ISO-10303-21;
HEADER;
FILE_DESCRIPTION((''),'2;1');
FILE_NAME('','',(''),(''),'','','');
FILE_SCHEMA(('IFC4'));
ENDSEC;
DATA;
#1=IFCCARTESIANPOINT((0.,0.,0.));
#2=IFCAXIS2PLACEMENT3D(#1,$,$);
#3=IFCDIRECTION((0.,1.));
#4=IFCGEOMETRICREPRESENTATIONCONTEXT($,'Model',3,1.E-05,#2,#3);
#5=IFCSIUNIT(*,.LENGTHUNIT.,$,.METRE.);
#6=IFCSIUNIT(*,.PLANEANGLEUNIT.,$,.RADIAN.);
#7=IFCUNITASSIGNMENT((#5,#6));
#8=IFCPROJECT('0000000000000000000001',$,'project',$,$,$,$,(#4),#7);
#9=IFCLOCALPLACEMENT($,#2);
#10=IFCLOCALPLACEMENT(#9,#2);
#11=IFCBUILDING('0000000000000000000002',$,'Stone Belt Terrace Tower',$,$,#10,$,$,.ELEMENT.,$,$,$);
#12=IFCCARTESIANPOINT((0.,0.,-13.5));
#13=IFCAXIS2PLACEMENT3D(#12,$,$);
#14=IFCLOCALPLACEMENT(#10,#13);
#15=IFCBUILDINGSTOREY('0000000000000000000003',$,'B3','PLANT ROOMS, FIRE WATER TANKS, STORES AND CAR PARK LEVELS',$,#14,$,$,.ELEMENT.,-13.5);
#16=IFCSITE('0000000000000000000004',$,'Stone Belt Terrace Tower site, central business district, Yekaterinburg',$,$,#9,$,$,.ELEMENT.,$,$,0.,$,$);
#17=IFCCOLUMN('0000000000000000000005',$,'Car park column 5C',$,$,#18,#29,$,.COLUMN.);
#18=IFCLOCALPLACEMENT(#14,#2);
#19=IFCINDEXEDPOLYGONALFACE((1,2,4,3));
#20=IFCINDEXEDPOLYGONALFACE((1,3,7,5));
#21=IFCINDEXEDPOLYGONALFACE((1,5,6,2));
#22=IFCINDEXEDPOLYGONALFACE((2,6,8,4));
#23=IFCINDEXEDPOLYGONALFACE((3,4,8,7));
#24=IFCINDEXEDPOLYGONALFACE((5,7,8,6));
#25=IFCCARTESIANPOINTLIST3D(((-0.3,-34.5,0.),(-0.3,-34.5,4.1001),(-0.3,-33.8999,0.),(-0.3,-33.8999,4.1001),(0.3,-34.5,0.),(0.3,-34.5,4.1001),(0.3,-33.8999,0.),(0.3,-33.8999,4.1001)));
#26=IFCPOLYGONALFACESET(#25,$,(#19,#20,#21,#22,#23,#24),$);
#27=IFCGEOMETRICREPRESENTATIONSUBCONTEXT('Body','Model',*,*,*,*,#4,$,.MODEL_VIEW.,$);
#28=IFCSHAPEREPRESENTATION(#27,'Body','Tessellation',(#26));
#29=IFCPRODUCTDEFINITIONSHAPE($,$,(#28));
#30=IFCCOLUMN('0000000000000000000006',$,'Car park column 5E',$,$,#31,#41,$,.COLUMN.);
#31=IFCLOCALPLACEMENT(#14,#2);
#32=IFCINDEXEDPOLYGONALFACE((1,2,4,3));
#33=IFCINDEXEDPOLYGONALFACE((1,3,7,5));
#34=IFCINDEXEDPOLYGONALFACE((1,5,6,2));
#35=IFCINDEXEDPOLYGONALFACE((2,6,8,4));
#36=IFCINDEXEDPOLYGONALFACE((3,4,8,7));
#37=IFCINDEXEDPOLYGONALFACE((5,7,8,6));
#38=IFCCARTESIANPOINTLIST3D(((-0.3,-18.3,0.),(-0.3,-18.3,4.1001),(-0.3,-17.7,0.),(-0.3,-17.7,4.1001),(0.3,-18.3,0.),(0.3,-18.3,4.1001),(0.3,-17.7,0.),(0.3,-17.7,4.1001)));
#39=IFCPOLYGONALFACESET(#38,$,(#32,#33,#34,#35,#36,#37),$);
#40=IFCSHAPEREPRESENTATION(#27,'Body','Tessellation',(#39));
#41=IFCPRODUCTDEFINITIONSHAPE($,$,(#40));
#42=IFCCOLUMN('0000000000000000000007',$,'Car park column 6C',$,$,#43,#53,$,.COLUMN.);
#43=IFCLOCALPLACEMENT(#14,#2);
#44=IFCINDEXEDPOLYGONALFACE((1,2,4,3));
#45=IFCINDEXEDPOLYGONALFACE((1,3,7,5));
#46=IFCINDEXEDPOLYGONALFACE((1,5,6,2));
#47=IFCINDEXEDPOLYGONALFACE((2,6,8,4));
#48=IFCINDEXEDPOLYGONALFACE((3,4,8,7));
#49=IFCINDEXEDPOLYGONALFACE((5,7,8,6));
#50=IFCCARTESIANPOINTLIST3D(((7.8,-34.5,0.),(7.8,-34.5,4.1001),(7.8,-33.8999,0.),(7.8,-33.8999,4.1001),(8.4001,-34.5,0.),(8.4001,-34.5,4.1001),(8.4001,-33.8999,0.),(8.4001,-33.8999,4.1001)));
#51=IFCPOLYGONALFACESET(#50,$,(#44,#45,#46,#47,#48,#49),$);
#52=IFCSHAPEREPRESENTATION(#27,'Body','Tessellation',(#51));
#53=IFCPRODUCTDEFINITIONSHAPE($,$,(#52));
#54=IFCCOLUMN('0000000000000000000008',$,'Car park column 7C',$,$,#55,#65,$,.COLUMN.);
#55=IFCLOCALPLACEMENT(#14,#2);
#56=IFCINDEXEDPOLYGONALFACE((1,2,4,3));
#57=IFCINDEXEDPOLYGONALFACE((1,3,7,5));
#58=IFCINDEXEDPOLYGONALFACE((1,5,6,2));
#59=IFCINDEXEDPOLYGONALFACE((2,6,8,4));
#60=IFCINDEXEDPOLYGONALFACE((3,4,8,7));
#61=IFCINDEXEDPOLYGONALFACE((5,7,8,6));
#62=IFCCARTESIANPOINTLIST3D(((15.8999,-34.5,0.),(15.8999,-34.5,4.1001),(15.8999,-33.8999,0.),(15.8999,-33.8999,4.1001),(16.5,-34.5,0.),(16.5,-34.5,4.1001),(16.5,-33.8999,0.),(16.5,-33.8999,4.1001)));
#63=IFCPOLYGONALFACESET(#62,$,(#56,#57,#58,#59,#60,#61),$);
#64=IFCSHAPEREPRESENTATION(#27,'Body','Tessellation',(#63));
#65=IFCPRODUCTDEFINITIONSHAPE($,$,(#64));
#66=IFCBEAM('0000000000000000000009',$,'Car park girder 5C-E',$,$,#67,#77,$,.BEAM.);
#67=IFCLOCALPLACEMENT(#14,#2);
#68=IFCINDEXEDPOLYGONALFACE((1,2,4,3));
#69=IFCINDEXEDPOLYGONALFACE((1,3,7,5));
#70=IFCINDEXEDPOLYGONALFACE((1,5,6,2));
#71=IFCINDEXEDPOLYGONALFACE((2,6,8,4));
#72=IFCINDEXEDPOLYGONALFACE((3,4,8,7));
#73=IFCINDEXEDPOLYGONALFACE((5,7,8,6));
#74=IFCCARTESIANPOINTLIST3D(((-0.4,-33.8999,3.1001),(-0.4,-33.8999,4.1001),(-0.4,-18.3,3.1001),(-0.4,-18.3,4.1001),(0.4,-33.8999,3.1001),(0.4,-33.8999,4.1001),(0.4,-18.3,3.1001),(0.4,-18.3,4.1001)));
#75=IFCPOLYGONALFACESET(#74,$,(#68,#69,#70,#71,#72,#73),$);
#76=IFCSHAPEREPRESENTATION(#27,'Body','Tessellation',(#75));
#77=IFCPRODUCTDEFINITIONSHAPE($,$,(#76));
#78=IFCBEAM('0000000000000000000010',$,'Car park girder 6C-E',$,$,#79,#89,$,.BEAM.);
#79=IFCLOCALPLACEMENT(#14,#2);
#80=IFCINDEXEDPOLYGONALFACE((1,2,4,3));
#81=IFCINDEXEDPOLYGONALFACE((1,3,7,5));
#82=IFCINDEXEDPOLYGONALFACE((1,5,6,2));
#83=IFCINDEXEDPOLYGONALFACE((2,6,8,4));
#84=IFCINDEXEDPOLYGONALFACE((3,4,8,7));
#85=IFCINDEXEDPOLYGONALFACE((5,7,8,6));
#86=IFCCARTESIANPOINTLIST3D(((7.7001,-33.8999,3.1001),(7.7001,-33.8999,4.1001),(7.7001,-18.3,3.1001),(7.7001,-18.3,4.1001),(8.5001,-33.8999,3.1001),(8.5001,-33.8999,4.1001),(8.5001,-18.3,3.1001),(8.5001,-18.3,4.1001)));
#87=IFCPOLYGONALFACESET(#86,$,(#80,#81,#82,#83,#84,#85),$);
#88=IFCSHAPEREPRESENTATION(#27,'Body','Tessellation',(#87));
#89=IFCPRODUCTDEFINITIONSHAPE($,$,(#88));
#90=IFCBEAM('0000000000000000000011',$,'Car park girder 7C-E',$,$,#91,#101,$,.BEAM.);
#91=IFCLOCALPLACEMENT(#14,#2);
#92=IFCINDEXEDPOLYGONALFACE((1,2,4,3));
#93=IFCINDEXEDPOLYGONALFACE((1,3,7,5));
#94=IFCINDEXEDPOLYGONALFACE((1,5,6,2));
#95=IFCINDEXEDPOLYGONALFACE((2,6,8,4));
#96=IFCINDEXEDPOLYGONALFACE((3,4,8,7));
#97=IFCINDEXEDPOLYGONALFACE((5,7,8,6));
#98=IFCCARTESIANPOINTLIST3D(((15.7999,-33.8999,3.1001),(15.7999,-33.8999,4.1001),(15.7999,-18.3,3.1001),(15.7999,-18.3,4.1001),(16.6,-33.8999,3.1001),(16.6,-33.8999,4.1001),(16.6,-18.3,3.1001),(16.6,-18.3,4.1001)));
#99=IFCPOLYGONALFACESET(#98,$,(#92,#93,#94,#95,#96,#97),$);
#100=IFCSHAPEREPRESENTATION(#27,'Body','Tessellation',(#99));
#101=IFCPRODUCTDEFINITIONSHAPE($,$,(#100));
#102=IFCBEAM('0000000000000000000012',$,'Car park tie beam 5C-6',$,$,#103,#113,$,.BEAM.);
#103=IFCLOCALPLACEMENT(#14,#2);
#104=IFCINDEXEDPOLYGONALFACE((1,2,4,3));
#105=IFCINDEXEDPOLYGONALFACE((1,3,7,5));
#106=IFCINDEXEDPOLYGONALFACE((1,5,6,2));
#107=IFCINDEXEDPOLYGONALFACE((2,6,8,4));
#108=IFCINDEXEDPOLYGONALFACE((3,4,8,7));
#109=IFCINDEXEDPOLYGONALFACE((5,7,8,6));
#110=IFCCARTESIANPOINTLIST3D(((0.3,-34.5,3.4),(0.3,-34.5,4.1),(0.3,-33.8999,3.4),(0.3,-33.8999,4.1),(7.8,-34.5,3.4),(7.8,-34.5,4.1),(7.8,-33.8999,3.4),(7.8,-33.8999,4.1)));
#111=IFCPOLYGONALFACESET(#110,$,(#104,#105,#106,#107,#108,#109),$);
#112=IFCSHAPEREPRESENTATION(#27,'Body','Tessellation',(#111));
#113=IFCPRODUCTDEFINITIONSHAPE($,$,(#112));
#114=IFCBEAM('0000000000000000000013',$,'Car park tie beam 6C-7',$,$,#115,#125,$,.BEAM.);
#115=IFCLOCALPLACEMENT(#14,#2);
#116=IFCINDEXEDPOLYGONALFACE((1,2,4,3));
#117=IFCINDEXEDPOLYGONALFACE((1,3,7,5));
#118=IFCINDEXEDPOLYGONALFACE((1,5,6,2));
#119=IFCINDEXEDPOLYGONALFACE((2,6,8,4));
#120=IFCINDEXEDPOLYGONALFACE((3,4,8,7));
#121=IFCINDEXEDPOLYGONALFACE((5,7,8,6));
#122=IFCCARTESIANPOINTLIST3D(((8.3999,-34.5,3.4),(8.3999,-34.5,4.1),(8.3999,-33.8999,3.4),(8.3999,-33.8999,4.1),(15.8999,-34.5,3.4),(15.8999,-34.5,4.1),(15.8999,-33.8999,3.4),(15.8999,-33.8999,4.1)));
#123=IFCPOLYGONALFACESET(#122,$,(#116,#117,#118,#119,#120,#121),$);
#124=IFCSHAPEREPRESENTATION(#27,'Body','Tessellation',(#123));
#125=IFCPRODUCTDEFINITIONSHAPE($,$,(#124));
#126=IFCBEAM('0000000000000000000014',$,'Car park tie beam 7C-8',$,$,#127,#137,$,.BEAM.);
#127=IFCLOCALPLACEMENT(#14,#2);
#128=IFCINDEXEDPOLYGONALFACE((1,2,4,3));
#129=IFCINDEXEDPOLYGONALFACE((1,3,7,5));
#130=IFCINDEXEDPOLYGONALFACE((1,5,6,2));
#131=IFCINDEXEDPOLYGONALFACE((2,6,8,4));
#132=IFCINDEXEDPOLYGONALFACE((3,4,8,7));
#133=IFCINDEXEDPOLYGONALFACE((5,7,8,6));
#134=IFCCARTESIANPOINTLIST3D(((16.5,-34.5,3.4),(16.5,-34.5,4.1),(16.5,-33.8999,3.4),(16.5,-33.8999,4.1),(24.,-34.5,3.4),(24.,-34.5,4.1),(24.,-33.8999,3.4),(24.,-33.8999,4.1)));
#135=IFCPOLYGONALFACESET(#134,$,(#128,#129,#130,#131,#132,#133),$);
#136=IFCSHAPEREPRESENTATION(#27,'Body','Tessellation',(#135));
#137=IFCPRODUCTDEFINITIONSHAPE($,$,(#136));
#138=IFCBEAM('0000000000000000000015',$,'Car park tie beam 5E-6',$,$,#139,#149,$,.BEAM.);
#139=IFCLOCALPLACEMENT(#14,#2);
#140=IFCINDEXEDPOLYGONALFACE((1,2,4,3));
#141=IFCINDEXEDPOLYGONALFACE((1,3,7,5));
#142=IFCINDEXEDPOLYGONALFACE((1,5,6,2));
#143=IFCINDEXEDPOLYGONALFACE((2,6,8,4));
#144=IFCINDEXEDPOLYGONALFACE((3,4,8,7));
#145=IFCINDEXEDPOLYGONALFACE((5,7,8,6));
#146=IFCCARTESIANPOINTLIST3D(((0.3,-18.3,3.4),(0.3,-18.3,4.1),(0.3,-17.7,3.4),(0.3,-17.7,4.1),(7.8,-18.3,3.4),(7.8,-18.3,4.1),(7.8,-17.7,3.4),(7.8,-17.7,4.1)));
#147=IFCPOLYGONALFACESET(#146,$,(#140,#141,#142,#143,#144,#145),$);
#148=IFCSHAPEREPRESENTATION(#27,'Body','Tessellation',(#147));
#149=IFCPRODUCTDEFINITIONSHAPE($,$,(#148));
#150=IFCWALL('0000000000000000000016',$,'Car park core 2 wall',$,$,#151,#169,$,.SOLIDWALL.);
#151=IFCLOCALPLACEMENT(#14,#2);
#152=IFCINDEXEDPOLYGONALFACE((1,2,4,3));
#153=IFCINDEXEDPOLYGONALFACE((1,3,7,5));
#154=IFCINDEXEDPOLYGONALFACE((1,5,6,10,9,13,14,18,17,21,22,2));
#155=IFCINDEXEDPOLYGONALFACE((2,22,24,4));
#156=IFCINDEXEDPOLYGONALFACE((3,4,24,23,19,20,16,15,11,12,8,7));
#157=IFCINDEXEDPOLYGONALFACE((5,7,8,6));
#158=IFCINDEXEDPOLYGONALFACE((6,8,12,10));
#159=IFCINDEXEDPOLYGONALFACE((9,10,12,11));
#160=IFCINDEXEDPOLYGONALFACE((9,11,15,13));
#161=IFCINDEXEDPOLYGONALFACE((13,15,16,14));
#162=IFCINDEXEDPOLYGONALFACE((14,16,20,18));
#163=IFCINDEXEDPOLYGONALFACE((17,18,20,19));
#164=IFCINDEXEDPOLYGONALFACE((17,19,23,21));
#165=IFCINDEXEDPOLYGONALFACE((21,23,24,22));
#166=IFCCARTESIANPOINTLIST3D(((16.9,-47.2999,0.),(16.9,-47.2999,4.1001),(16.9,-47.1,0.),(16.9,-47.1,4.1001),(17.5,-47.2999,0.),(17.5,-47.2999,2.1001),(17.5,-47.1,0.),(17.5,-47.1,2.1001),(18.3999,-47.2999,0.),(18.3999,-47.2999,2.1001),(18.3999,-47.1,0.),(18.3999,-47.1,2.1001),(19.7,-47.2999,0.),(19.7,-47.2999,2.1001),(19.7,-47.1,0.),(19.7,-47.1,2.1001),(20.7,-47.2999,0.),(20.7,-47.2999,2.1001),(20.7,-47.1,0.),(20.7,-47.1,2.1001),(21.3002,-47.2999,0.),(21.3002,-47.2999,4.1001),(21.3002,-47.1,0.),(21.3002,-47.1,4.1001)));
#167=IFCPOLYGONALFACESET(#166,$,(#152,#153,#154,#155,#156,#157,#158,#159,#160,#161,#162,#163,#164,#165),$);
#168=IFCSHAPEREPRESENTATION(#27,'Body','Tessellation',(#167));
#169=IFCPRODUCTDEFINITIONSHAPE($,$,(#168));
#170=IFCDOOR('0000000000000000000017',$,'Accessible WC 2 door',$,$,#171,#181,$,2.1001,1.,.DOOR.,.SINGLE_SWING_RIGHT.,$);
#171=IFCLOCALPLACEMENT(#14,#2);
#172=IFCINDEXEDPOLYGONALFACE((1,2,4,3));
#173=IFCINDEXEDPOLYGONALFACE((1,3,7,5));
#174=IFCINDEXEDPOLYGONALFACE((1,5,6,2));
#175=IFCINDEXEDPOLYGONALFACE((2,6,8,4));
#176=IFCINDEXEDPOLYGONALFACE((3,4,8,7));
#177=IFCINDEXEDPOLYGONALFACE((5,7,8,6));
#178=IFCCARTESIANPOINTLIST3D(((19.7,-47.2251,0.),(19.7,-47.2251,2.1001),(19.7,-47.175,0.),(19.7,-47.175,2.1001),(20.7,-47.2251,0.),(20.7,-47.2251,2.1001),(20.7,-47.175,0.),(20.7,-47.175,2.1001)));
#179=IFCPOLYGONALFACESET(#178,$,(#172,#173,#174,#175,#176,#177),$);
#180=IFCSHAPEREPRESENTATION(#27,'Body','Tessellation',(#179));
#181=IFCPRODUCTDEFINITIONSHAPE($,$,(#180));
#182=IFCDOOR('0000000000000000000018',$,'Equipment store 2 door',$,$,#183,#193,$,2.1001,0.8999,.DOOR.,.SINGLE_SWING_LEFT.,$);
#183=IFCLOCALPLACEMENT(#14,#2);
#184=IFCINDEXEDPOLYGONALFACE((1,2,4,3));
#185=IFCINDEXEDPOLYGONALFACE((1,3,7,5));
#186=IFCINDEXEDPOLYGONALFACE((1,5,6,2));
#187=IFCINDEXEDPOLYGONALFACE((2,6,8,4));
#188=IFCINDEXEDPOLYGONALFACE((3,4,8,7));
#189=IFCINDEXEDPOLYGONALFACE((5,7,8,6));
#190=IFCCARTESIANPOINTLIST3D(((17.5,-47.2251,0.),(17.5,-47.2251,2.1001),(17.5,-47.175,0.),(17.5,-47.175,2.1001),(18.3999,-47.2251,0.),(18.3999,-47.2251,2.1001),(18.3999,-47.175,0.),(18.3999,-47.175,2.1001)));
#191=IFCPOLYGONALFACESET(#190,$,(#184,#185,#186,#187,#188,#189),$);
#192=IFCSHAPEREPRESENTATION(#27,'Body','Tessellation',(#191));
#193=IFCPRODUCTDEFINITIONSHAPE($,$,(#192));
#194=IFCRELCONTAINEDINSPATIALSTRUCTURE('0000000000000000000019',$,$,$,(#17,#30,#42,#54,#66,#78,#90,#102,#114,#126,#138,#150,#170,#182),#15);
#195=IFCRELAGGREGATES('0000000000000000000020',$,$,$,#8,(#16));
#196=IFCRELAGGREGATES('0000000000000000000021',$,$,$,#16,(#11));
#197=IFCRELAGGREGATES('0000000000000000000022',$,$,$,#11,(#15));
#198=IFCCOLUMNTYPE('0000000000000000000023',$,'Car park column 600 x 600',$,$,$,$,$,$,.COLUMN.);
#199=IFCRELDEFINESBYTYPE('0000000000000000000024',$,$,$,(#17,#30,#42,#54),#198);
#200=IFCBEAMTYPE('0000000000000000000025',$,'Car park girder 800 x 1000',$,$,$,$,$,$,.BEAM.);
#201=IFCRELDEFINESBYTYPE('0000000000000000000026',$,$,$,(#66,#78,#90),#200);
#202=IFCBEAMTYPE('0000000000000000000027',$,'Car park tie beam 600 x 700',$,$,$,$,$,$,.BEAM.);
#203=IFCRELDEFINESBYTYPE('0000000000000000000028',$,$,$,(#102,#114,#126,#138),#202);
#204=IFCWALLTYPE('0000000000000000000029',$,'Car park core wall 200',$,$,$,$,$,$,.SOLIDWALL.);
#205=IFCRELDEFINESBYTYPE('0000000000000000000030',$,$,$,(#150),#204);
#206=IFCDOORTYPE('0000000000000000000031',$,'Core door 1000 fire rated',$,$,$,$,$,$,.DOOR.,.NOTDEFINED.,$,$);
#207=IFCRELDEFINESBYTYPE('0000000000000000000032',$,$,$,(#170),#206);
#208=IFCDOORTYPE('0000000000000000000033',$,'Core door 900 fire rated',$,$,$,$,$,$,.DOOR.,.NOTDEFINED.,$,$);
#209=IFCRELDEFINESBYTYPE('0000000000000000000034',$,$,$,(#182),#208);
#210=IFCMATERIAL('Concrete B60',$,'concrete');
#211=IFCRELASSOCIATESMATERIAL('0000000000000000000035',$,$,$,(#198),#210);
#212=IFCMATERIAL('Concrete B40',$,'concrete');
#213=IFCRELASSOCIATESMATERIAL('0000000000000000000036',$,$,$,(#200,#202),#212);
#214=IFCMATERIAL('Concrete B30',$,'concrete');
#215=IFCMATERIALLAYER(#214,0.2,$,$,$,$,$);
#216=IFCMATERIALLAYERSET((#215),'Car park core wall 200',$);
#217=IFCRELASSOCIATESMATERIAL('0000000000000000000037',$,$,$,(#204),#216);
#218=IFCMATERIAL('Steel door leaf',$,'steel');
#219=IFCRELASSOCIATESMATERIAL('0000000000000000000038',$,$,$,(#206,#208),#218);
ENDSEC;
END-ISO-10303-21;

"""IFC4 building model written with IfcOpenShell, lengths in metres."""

from ifc_helpers import new_model, si_unit, direction, frame, frame_2d, origin, origin_2d, place, context, subcontext, project, spatial, rectangle, extrude, material, layer, layer_set, material_profile, profile_set, type_object, element, fill, save


model = new_model("IFC4")

# Units and contexts
model_context = context("Model", 3, precision=1e-05, world=origin(), true_north=direction((0.0, 1.0)))
body_context = subcontext(model_context, "Body", "Model", "MODEL_VIEW")
ifc_project = project(units=[si_unit("LENGTHUNIT", "METRE"), si_unit("PLANEANGLEUNIT", "RADIAN")], contexts=[model_context])

# Site, building, storey
site_placement = place(None, origin())
site = spatial("IfcSite", under=ifc_project, at=site_placement, Name="Stone Belt Terrace Tower site, central business district, Yekaterinburg", CompositionType="ELEMENT", RefElevation=0.0)
building_placement = place(site_placement, origin())
building = spatial("IfcBuilding", under=site, at=building_placement, Name="Stone Belt Terrace Tower", CompositionType="ELEMENT")
storey_placement = place(building_placement, frame((0.0, 0.0, -13.5)))
storey = spatial("IfcBuildingStorey", under=building, at=storey_placement, Name="B3", Description="PLANT ROOMS, FIRE WATER TANKS, STORES AND CAR PARK LEVELS", CompositionType="ELEMENT", Elevation=-13.5)

# Columns
ifc_material_1 = material(Name="Concrete B60", Category="concrete")
ifc_material_profile_1 = material_profile(ifc_material_1, rectangle(XDim=0.6001, YDim=0.6001, at=origin_2d()), Name="Car park column 600 x 600")
ifc_profile_set_1 = profile_set([ifc_material_profile_1], Name="Concrete B60")
column_type = type_object("IfcColumnType", Name="Car park column 600 x 600", PredefinedType="COLUMN", material=ifc_profile_set_1)
for number, where, z_axis, x_axis, name in (
    (1, (0.0, -34.2, 0.0), (0.0, 0.0, 1.0), (1.0, 0.0, 0.0), "Car park column 5C"),
    (2, (0.0, -18.0, 0.0), (0.0, 0.0, 1.0), (1.0, 0.0, 0.0), "Car park column 5E"),
    (3, (8.1001, -34.2, 0.0), (0.0, 0.0, 1.0), (1.0, 0.0, 0.0), "Car park column 6C"),
    (4, (16.2, -34.2, 0.0), (0.0, 0.0, 1.0), (1.0, 0.0, 0.0), "Car park column 7C"),
):
    element("IfcColumn", number, at=place(storey_placement, frame(where, z_axis=z_axis, x_axis=x_axis)), inside=storey, type_object=column_type, Name=name, PredefinedType="COLUMN", context=body_context, shape_type="SweptSolid", body=[
        extrude(rectangle(XDim=0.6001, YDim=0.6001, at=origin_2d()), origin(), (0.0, 0.0, 1.0), 4.1001),
    ])

# Beams
ifc_material_2 = material(Name="Concrete B40", Category="concrete")
ifc_material_profile_2 = material_profile(ifc_material_2, rectangle(XDim=0.8, YDim=1.0, at=origin_2d()), Name="Car park girder 800 x 1000")
ifc_profile_set_2 = profile_set([ifc_material_profile_2], Name="Concrete B40")
beam_type_1 = type_object("IfcBeamType", Name="Car park girder 800 x 1000", PredefinedType="BEAM", material=ifc_profile_set_2)
for number, where, z_axis, x_axis, name in (
    (5, (0.0, -33.8999, 3.6001), (0.0, 1.0, 0.0), (-1.0, 0.0, 0.0), "Car park girder 5C-E"),
    (6, (8.1001, -33.8999, 3.6001), (0.0, 1.0, 0.0), (-1.0, 0.0, 0.0), "Car park girder 6C-E"),
    (7, (16.2, -33.8999, 3.6001), (0.0, 1.0, 0.0), (-1.0, 0.0, 0.0), "Car park girder 7C-E"),
):
    element("IfcBeam", number, at=place(storey_placement, frame(where, z_axis=z_axis, x_axis=x_axis)), inside=storey, type_object=beam_type_1, Name=name, PredefinedType="BEAM", context=body_context, shape_type="SweptSolid", body=[
        extrude(rectangle(XDim=0.8, YDim=1.0, at=origin_2d()), origin(), (0.0, 0.0, 1.0), 15.5999),
    ])
ifc_material_profile_3 = material_profile(ifc_material_2, rectangle(XDim=0.6001, YDim=0.7, at=origin_2d()), Name="Car park tie beam 600 x 700")
ifc_profile_set_3 = profile_set([ifc_material_profile_3], Name="Concrete B40")
beam_type_2 = type_object("IfcBeamType", Name="Car park tie beam 600 x 700", PredefinedType="BEAM", material=ifc_profile_set_3)
for number, where, z_axis, x_axis, name in (
    (8, (0.3, -34.2, 3.75), (1.0, 0.0, 0.0), (0.0, 1.0, 0.0), "Car park tie beam 5C-6"),
    (9, (8.3999, -34.2, 3.75), (1.0, 0.0, 0.0), (0.0, 1.0, 0.0), "Car park tie beam 6C-7"),
    (10, (16.5, -34.2, 3.75), (1.0, 0.0, 0.0), (0.0, 1.0, 0.0), "Car park tie beam 7C-8"),
    (11, (0.3, -18.0, 3.75), (1.0, 0.0, 0.0), (0.0, 1.0, 0.0), "Car park tie beam 5E-6"),
):
    element("IfcBeam", number, at=place(storey_placement, frame(where, z_axis=z_axis, x_axis=x_axis)), inside=storey, type_object=beam_type_2, Name=name, PredefinedType="BEAM", context=body_context, shape_type="SweptSolid", body=[
        extrude(rectangle(XDim=0.6001, YDim=0.7, at=origin_2d()), origin(), (0.0, 0.0, 1.0), 7.5),
    ])

# Wall, openings, doors
ifc_material_3 = material(Name="Concrete B30", Category="concrete")
ifc_layer_1 = layer(ifc_material_3, 0.2)
ifc_layer_set_1 = layer_set([ifc_layer_1], Name="Car park core wall 200")
wall_type_1 = type_object("IfcWallType", Name="Car park core wall 200", PredefinedType="SOLIDWALL", material=ifc_layer_set_1)
wall_1_placement = place(storey_placement, frame((16.8999, -47.2, 0.0), z_axis=(0.0, 0.0, 1.0), x_axis=(1.0, 0.0, 0.0)))
wall_1 = element("IfcWall", 12, at=wall_1_placement, inside=storey, type_object=wall_type_1, Name="Car park core 2 wall", PredefinedType="SOLIDWALL", context=body_context, shape_type="SweptSolid", body=[
    extrude(rectangle(XDim=4.4001, YDim=0.2, at=frame_2d((2.2002, 0.0))), origin(), (0.0, 0.0, 1.0), 4.1001),
])
opening_1_placement = place(wall_1_placement, frame((2.8, 0.0, 0.0)))
opening_1 = element("IfcOpeningElement", 13, at=opening_1_placement, cuts=wall_1, PredefinedType="OPENING", context=body_context, shape_type="SweptSolid", body=[
    extrude(rectangle(XDim=1.0, YDim=2.1001, at=frame_2d((0.5, 1.05))), frame((0.0, 0.1099, 0.0), z_axis=(0.0, -1.0, 0.0), x_axis=(1.0, 0.0, 0.0)), (0.0, 0.0, 1.0), 0.22),
])
opening_2_placement = place(wall_1_placement, frame((0.6001, 0.0, 0.0)))
opening_2 = element("IfcOpeningElement", 14, at=opening_2_placement, cuts=wall_1, PredefinedType="OPENING", context=body_context, shape_type="SweptSolid", body=[
    extrude(rectangle(XDim=0.8999, YDim=2.1001, at=frame_2d((0.45, 1.05))), frame((0.0, 0.1099, 0.0), z_axis=(0.0, -1.0, 0.0), x_axis=(1.0, 0.0, 0.0)), (0.0, 0.0, 1.0), 0.22),
])
ifc_material_4 = material(Name="Steel door leaf", Category="steel")
door_type_1 = type_object("IfcDoorType", Name="Core door 1000 fire rated", OperationType="NOTDEFINED", PredefinedType="DOOR", material=ifc_material_4)
door_1_placement = place(opening_1_placement, origin())
door_1 = element("IfcDoor", 15, at=door_1_placement, inside=storey, type_object=door_type_1, Name="Accessible WC 2 door", OperationType="SINGLE_SWING_RIGHT", OverallHeight=2.1001, OverallWidth=1.0, PredefinedType="DOOR", context=body_context, shape_type="SweptSolid", body=[
    extrude(rectangle(XDim=1.0, YDim=2.1001, at=frame_2d((0.5, 1.05))), frame((0.0, 0.0249, 0.0), z_axis=(0.0, -1.0, 0.0), x_axis=(1.0, 0.0, 0.0)), (0.0, 0.0, 1.0), 0.05),
])
fill(opening_1, door_1)
door_type_2 = type_object("IfcDoorType", Name="Core door 900 fire rated", OperationType="NOTDEFINED", PredefinedType="DOOR", material=ifc_material_4)
door_2_placement = place(opening_2_placement, origin())
door_2 = element("IfcDoor", 16, at=door_2_placement, inside=storey, type_object=door_type_2, Name="Equipment store 2 door", OperationType="SINGLE_SWING_LEFT", OverallHeight=2.1001, OverallWidth=0.8999, PredefinedType="DOOR", context=body_context, shape_type="SweptSolid", body=[
    extrude(rectangle(XDim=0.8999, YDim=2.1001, at=frame_2d((0.45, 1.05))), frame((0.0, 0.0249, 0.0), z_axis=(0.0, -1.0, 0.0), x_axis=(1.0, 0.0, 0.0)), (0.0, 0.0, 1.0), 0.05),
])
fill(opening_2, door_2)

save(model, "model.ifc")
